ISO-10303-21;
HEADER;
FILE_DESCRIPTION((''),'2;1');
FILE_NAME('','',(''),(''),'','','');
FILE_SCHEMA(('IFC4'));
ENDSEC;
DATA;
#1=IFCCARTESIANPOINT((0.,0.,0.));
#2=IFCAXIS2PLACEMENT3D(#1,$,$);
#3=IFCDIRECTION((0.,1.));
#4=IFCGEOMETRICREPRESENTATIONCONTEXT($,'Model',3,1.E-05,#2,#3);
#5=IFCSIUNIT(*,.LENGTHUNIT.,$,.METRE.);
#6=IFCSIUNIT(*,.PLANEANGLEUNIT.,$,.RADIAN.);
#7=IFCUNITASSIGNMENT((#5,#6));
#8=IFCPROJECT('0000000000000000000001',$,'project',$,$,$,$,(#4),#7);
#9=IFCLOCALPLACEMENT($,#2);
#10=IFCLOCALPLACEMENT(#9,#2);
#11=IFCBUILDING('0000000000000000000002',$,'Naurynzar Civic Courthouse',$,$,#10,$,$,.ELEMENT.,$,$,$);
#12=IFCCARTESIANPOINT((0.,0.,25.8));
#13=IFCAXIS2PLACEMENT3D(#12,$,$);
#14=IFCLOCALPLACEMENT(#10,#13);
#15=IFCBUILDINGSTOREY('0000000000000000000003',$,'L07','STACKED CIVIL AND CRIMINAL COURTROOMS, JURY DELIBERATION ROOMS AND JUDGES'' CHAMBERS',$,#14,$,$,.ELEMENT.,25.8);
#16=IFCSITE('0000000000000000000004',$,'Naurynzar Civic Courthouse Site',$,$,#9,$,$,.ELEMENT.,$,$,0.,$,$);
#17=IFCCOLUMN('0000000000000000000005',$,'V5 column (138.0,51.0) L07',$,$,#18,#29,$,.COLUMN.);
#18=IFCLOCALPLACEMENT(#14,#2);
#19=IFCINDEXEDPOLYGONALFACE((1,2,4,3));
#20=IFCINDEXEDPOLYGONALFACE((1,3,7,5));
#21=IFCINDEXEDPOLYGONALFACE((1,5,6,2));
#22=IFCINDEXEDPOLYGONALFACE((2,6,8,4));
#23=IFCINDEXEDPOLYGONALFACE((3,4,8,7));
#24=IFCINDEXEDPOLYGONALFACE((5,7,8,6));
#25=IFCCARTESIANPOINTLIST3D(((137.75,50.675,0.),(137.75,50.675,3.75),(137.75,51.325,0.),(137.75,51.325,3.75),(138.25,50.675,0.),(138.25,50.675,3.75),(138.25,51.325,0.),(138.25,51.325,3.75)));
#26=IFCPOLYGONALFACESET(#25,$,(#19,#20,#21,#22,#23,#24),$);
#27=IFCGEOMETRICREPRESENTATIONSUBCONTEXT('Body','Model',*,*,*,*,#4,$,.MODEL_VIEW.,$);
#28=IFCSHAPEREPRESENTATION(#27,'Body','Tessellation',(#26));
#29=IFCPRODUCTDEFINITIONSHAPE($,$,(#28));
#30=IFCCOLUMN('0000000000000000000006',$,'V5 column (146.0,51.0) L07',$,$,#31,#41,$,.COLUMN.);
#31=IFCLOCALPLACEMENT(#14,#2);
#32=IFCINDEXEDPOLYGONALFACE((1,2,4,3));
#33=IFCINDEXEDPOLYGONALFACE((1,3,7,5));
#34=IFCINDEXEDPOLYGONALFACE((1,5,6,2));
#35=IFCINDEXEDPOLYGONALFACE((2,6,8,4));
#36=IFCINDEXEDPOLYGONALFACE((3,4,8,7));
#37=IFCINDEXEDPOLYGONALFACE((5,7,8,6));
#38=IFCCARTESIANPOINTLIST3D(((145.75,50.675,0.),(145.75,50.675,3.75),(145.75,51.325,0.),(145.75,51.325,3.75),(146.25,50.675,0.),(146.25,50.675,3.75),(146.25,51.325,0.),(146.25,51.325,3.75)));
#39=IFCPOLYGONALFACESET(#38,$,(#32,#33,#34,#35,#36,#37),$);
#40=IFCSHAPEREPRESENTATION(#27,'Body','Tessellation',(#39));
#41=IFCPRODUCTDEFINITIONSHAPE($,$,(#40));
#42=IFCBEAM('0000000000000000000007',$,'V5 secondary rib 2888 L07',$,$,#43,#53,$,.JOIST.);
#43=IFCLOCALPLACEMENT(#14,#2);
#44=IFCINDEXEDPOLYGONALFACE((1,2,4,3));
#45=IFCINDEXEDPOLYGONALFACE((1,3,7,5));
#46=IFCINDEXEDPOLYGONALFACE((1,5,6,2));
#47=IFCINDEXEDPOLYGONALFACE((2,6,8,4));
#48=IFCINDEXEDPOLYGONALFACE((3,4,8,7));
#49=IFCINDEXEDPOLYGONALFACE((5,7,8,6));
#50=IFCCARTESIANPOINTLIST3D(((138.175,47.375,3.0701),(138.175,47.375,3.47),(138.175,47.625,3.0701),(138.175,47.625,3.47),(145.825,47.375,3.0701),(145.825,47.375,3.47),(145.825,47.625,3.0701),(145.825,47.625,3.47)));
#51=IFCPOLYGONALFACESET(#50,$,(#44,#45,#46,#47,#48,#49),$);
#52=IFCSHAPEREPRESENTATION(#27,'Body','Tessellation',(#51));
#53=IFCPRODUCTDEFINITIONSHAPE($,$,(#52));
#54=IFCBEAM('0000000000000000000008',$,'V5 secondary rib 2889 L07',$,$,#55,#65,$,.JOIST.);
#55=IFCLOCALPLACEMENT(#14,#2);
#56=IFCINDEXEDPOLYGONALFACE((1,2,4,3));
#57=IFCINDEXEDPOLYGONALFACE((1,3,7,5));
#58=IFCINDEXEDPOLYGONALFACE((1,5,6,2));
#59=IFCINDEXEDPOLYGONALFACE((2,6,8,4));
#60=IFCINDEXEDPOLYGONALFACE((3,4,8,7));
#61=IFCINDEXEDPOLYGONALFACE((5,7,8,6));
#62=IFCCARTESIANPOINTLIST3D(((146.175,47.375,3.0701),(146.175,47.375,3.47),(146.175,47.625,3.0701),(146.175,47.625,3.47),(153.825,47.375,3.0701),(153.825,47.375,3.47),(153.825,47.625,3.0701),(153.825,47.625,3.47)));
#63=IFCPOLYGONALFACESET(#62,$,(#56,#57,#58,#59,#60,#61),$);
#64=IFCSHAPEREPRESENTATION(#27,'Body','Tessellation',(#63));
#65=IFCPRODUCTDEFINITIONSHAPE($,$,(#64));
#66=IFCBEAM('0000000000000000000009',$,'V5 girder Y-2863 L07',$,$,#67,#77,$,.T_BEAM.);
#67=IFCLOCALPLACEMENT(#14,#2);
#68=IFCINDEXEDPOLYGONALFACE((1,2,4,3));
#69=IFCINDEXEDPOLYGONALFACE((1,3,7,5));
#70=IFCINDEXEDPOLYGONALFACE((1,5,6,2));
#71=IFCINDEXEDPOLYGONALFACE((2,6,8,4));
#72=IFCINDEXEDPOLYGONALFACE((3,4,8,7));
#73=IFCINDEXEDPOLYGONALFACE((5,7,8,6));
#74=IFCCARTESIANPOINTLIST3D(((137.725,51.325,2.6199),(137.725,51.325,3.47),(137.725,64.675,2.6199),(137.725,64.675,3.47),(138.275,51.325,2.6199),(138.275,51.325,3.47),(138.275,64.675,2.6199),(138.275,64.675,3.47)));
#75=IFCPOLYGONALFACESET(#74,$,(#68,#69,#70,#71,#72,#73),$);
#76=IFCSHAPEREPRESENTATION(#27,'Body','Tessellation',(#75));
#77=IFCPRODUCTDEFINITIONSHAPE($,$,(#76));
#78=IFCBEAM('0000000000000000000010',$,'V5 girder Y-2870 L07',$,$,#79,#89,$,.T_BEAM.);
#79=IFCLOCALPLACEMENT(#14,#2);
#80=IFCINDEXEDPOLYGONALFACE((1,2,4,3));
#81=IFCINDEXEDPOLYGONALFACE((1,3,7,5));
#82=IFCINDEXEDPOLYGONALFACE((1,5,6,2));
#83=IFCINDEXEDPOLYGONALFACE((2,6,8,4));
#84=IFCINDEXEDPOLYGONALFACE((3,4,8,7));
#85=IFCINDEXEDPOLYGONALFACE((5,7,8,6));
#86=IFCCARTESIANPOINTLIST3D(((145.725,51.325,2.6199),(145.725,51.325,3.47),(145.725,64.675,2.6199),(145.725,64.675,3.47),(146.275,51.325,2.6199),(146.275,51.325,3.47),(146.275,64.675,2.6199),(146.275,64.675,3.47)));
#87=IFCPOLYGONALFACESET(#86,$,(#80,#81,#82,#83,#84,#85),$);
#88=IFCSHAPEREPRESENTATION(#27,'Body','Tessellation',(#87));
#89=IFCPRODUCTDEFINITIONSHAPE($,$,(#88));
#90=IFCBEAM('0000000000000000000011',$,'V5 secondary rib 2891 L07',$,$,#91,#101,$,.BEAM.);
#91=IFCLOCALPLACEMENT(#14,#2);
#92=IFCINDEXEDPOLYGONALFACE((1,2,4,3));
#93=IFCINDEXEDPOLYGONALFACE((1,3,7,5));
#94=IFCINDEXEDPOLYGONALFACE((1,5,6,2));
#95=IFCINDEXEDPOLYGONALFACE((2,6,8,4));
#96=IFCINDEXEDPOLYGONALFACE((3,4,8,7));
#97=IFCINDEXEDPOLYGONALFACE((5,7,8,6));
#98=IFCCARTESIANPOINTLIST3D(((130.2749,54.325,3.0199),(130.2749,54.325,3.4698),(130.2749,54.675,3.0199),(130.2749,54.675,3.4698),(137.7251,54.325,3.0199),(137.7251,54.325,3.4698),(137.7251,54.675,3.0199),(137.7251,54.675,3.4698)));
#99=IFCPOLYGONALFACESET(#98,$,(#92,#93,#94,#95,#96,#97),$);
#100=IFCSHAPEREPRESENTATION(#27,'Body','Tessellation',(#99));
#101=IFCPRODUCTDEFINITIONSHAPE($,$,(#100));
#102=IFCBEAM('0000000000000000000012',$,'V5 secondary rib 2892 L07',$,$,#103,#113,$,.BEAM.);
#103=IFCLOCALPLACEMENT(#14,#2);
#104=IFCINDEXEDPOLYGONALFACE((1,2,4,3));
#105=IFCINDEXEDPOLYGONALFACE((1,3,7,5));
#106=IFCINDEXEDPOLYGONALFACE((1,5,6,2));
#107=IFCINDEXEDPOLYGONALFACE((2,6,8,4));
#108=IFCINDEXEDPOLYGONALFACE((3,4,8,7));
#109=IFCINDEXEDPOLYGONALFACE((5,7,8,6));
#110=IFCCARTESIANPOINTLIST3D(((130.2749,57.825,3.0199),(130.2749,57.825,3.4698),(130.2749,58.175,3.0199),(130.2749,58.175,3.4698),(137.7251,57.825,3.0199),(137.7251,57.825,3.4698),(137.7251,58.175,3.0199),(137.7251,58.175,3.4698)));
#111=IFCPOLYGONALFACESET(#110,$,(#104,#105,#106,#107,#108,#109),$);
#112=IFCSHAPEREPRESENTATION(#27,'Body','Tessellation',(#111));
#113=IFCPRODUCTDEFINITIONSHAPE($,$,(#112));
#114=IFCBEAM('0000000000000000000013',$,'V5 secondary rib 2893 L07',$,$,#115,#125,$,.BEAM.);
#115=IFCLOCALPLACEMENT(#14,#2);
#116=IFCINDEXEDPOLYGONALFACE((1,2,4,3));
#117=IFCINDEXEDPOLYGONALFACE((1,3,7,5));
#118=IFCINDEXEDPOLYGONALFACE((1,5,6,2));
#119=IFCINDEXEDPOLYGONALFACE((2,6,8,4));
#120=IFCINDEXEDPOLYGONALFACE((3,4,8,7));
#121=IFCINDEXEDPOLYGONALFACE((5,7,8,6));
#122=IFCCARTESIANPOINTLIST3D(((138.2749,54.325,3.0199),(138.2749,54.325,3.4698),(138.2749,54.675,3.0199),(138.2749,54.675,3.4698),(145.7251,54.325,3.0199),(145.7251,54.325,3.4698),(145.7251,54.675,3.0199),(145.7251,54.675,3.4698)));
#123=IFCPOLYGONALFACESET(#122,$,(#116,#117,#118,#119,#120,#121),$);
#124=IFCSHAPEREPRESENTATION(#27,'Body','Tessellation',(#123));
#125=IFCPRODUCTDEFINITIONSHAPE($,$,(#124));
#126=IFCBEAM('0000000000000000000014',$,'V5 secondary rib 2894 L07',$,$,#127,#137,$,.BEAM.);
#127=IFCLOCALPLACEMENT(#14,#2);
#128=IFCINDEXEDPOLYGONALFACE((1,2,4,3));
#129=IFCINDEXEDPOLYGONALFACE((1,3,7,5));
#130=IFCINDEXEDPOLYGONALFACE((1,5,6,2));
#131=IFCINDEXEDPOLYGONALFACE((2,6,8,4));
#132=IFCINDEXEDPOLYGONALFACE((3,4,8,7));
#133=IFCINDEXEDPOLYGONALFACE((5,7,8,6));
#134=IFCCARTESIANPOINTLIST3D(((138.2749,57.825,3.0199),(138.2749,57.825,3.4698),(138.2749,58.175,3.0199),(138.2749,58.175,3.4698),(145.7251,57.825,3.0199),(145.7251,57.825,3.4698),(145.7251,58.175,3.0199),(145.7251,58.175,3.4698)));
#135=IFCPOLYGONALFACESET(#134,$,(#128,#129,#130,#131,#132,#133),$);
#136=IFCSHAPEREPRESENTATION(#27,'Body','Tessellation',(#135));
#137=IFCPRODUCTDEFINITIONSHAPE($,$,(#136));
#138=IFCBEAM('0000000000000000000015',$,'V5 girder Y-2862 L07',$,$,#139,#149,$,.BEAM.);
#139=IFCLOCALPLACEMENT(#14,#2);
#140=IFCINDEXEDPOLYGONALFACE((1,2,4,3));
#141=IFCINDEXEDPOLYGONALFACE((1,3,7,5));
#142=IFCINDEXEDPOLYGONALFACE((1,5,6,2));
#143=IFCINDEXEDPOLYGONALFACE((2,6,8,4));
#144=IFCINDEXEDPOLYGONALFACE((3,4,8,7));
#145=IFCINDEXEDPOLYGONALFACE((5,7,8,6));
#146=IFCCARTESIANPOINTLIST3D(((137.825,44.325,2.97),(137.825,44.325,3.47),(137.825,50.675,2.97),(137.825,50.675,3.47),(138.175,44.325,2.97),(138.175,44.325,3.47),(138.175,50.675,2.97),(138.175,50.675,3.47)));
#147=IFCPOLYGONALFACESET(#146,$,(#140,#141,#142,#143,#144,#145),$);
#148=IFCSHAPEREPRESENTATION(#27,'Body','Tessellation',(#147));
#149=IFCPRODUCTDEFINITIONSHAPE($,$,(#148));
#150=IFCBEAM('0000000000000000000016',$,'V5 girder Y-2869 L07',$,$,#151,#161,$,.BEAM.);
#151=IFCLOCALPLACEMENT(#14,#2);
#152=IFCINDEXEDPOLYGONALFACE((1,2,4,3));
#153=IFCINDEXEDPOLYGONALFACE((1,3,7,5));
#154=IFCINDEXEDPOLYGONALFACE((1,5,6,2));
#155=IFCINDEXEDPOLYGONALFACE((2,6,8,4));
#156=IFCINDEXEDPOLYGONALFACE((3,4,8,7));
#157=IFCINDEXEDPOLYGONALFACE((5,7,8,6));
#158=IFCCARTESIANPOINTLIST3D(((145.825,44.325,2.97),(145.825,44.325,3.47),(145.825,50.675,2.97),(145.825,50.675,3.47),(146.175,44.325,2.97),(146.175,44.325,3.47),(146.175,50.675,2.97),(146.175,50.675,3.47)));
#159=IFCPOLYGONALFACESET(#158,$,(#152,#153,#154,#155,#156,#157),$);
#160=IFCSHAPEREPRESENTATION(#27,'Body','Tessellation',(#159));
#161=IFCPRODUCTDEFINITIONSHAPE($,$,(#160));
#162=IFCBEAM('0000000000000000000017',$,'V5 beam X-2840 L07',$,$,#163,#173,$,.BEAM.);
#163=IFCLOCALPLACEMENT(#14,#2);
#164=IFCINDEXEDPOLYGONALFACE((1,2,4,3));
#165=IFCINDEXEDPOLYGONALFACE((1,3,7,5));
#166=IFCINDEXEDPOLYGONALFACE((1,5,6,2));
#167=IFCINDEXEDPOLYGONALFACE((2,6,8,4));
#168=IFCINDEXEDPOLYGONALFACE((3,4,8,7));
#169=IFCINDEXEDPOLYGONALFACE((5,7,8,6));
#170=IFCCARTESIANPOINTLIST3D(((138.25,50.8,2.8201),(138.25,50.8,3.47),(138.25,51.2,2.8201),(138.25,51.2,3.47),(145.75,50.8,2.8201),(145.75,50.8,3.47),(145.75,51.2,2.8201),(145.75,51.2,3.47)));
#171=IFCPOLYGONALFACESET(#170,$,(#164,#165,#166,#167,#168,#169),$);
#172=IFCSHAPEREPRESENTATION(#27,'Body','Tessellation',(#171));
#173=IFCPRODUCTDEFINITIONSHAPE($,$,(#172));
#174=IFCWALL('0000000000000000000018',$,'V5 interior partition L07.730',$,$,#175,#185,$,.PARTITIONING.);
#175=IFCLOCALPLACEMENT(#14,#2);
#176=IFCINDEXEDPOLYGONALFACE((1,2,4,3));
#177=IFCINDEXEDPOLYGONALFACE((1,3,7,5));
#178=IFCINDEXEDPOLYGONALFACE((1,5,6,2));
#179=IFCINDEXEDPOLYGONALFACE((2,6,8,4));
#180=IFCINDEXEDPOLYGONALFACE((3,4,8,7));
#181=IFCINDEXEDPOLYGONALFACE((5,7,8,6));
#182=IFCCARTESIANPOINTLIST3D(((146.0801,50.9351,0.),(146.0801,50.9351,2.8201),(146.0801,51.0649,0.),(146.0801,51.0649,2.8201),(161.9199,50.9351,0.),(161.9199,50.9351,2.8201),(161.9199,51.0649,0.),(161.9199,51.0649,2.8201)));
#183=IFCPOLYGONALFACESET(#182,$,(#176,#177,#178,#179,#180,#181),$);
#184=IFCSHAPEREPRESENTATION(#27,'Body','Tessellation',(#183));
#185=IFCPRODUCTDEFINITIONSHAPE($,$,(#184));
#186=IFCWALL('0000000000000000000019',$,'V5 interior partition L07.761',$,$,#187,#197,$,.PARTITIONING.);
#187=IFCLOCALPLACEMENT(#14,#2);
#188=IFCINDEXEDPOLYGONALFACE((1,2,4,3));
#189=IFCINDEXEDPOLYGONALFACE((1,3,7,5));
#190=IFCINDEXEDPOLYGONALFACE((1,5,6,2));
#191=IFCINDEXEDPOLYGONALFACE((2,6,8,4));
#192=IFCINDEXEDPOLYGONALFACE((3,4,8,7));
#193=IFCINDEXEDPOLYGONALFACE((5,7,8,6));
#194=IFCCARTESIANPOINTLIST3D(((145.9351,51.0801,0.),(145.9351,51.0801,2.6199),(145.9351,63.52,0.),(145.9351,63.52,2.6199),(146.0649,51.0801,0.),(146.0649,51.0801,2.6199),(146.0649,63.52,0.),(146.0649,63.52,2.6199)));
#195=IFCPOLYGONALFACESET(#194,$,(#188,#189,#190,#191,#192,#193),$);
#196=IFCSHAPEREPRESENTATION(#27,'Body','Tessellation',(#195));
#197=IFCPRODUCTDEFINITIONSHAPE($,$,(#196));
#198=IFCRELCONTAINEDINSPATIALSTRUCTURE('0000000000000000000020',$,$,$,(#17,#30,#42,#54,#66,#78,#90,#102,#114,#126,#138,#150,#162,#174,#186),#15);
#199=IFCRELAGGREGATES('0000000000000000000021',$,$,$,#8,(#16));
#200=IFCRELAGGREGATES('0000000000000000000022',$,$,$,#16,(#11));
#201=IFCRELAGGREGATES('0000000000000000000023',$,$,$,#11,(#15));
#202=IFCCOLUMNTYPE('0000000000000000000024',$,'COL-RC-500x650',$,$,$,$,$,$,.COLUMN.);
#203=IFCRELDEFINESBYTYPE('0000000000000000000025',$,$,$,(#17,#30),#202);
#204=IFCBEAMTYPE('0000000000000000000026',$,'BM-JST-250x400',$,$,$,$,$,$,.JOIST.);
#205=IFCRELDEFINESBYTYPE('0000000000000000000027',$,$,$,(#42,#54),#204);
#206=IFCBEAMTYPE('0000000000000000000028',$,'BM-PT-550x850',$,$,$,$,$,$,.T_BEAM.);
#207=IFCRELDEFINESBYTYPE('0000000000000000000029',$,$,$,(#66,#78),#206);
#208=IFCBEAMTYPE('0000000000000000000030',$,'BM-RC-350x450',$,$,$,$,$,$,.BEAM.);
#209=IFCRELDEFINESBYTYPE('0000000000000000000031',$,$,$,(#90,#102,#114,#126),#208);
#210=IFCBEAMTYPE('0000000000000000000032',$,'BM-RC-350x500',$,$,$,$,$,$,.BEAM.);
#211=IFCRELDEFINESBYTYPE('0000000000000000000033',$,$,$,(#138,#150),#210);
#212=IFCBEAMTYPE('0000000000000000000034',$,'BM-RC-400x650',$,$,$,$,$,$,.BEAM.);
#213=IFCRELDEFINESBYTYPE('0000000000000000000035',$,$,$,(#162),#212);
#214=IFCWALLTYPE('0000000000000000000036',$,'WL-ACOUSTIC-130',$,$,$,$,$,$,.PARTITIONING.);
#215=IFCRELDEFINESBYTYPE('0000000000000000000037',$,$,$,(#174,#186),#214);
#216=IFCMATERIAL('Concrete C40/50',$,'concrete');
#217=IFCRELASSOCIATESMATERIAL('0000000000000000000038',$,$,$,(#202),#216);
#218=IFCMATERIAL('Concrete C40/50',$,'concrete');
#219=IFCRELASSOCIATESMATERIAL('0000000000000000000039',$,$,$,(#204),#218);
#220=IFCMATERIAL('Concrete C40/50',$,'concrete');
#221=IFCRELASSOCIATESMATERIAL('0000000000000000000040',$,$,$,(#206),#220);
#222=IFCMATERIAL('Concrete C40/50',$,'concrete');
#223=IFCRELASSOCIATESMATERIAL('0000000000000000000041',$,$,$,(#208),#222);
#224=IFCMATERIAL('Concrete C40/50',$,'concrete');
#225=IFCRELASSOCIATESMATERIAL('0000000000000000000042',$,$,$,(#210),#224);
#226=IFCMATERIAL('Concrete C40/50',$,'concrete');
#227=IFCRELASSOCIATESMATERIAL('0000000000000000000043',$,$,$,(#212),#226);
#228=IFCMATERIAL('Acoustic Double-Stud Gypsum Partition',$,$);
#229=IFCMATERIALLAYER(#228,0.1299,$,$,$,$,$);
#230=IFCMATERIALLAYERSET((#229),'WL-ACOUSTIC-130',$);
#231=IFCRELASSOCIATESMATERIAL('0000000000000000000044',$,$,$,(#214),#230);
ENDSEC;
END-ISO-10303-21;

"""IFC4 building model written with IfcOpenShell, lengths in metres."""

from ifc_helpers import new_model, si_unit, direction, frame, frame_2d, origin, origin_2d, place, context, subcontext, project, spatial, rectangle, extrude, material, layer, layer_set, material_profile, profile_set, type_object, element, save


model = new_model("IFC4")

# Units and contexts
model_context = context("Model", 3, precision=1e-05, world=origin(), true_north=direction((0.0, 1.0)))
body_context = subcontext(model_context, "Body", "Model", "MODEL_VIEW")
ifc_project = project(units=[si_unit("LENGTHUNIT", "METRE"), si_unit("PLANEANGLEUNIT", "RADIAN")], contexts=[model_context])

# Site, building, storey
site_placement = place(None, origin())
site = spatial("IfcSite", under=ifc_project, at=site_placement, Name="Naurynzar Civic Courthouse Site", CompositionType="ELEMENT", RefElevation=0.0)
building_placement = place(site_placement, origin())
building = spatial("IfcBuilding", under=site, at=building_placement, Name="Naurynzar Civic Courthouse", CompositionType="ELEMENT")
storey_placement = place(building_placement, frame((0.0, 0.0, 25.8)))
storey = spatial("IfcBuildingStorey", under=building, at=storey_placement, Name="L07", Description="STACKED CIVIL AND CRIMINAL COURTROOMS, JURY DELIBERATION ROOMS AND JUDGES' CHAMBERS", CompositionType="ELEMENT", Elevation=25.8)

# Columns
ifc_material_1 = material(Name="Concrete C40/50", Category="concrete")
ifc_material_profile_1 = material_profile(ifc_material_1, rectangle(XDim=0.5, YDim=0.6499, at=origin_2d()), Name="RC 500x650")
ifc_profile_set_1 = profile_set([ifc_material_profile_1], Name="Concrete C40/50")
column_type = type_object("IfcColumnType", Name="COL-RC-500x650", PredefinedType="COLUMN", material=ifc_profile_set_1)
for number, where, z_axis, x_axis, name in (
    (1, (138.0, 51.0, 0.0), (0.0, 0.0, 1.0), (1.0, 0.0, 0.0), "V5 column (138.0,51.0) L07"),
    (2, (146.0, 51.0, 0.0), (0.0, 0.0, 1.0), (1.0, 0.0, 0.0), "V5 column (146.0,51.0) L07"),
):
    element("IfcColumn", number, at=place(storey_placement, frame(where, z_axis=z_axis, x_axis=x_axis)), inside=storey, type_object=column_type, Name=name, PredefinedType="COLUMN", context=body_context, shape_type="SweptSolid", body=[
        extrude(rectangle(XDim=0.5, YDim=0.6499, at=origin_2d()), origin(), (0.0, 0.0, 1.0), 3.75),
    ])

# Beams
ifc_material_2 = material(Name="Concrete C40/50", Category="concrete")
ifc_material_profile_2 = material_profile(ifc_material_2, rectangle(XDim=0.25, YDim=0.3999, at=origin_2d()), Name="RCB 250x400")
ifc_profile_set_2 = profile_set([ifc_material_profile_2], Name="Concrete C40/50")
beam_type_1 = type_object("IfcBeamType", Name="BM-JST-250x400", PredefinedType="JOIST", material=ifc_profile_set_2)
for number, where, z_axis, x_axis, name in (
    (3, (138.175, 47.5, 3.27), (1.0, 0.0, 0.0), (0.0, 1.0, 0.0), "V5 secondary rib 2888 L07"),
    (4, (146.175, 47.5, 3.27), (1.0, 0.0, 0.0), (0.0, 1.0, 0.0), "V5 secondary rib 2889 L07"),
):
    element("IfcBeam", number, at=place(storey_placement, frame(where, z_axis=z_axis, x_axis=x_axis)), inside=storey, type_object=beam_type_1, Name=name, PredefinedType="JOIST", context=body_context, shape_type="SweptSolid", body=[
        extrude(rectangle(XDim=0.25, YDim=0.3999, at=origin_2d()), origin(), (0.0, 0.0, 1.0), 7.6499),
    ])
ifc_material_3 = material(Name="Concrete C40/50", Category="concrete")
ifc_material_profile_3 = material_profile(ifc_material_3, rectangle(XDim=0.55, YDim=0.8501, at=origin_2d()), Name="PTB 550x850")
ifc_profile_set_3 = profile_set([ifc_material_profile_3], Name="Concrete C40/50")
beam_type_2 = type_object("IfcBeamType", Name="BM-PT-550x850", PredefinedType="T_BEAM", material=ifc_profile_set_3)
for number, where, z_axis, x_axis, name in (
    (5, (138.0, 51.325, 3.0449), (0.0, 1.0, 0.0), (-1.0, 0.0, 0.0), "V5 girder Y-2863 L07"),
    (6, (146.0, 51.325, 3.0449), (0.0, 1.0, 0.0), (-1.0, 0.0, 0.0), "V5 girder Y-2870 L07"),
):
    element("IfcBeam", number, at=place(storey_placement, frame(where, z_axis=z_axis, x_axis=x_axis)), inside=storey, type_object=beam_type_2, Name=name, PredefinedType="T_BEAM", context=body_context, shape_type="SweptSolid", body=[
        extrude(rectangle(XDim=0.55, YDim=0.8501, at=origin_2d()), origin(), (0.0, 0.0, 1.0), 13.3501),
    ])
ifc_material_4 = material(Name="Concrete C40/50", Category="concrete")
ifc_material_profile_4 = material_profile(ifc_material_4, rectangle(XDim=0.3501, YDim=0.45, at=origin_2d()), Name="RCB 350x450")
ifc_profile_set_4 = profile_set([ifc_material_profile_4], Name="Concrete C40/50")
beam_type_3 = type_object("IfcBeamType", Name="BM-RC-350x450", PredefinedType="BEAM", material=ifc_profile_set_4)
for number, where, z_axis, x_axis, name in (
    (7, (130.2749, 54.5, 3.2449), (1.0, 0.0, 0.0), (0.0, 1.0, 0.0), "V5 secondary rib 2891 L07"),
    (8, (130.2749, 58.0, 3.2449), (1.0, 0.0, 0.0), (0.0, 1.0, 0.0), "V5 secondary rib 2892 L07"),
    (9, (138.2749, 54.5, 3.2449), (1.0, 0.0, 0.0), (0.0, 1.0, 0.0), "V5 secondary rib 2893 L07"),
    (10, (138.2749, 58.0, 3.2449), (1.0, 0.0, 0.0), (0.0, 1.0, 0.0), "V5 secondary rib 2894 L07"),
):
    element("IfcBeam", number, at=place(storey_placement, frame(where, z_axis=z_axis, x_axis=x_axis)), inside=storey, type_object=beam_type_3, Name=name, PredefinedType="BEAM", context=body_context, shape_type="SweptSolid", body=[
        extrude(rectangle(XDim=0.3501, YDim=0.45, at=origin_2d()), origin(), (0.0, 0.0, 1.0), 7.4502),
    ])
ifc_material_5 = material(Name="Concrete C40/50", Category="concrete")
ifc_material_profile_5 = material_profile(ifc_material_5, rectangle(XDim=0.3501, YDim=0.5, at=origin_2d()), Name="RCB 350x500")
ifc_profile_set_5 = profile_set([ifc_material_profile_5], Name="Concrete C40/50")
beam_type_4 = type_object("IfcBeamType", Name="BM-RC-350x500", PredefinedType="BEAM", material=ifc_profile_set_5)
for number, where, z_axis, x_axis, name in (
    (11, (138.0, 44.325, 3.22), (0.0, 1.0, 0.0), (-1.0, 0.0, 0.0), "V5 girder Y-2862 L07"),
    (12, (146.0, 44.325, 3.22), (0.0, 1.0, 0.0), (-1.0, 0.0, 0.0), "V5 girder Y-2869 L07"),
):
    element("IfcBeam", number, at=place(storey_placement, frame(where, z_axis=z_axis, x_axis=x_axis)), inside=storey, type_object=beam_type_4, Name=name, PredefinedType="BEAM", context=body_context, shape_type="SweptSolid", body=[
        extrude(rectangle(XDim=0.3501, YDim=0.5, at=origin_2d()), origin(), (0.0, 0.0, 1.0), 6.3501),
    ])
ifc_material_6 = material(Name="Concrete C40/50", Category="concrete")
ifc_material_profile_6 = material_profile(ifc_material_6, rectangle(XDim=0.3999, YDim=0.6499, at=origin_2d()), Name="RCB 400x650")
ifc_profile_set_6 = profile_set([ifc_material_profile_6], Name="Concrete C40/50")
beam_type_5 = type_object("IfcBeamType", Name="BM-RC-400x650", PredefinedType="BEAM", material=ifc_profile_set_6)
beam_placement = place(storey_placement, frame((138.25, 51.0, 3.145), z_axis=(1.0, 0.0, 0.0), x_axis=(0.0, 1.0, 0.0)))
element("IfcBeam", 13, at=beam_placement, inside=storey, type_object=beam_type_5, Name="V5 beam X-2840 L07", PredefinedType="BEAM", context=body_context, shape_type="SweptSolid", body=[
    extrude(rectangle(XDim=0.3999, YDim=0.6499, at=origin_2d()), origin(), (0.0, 0.0, 1.0), 7.5),
])

# Walls
ifc_material_7 = material(Name="Acoustic Double-Stud Gypsum Partition")
ifc_layer_1 = layer(ifc_material_7, 0.1299)
ifc_layer_set_1 = layer_set([ifc_layer_1], Name="WL-ACOUSTIC-130")
wall_type_1 = type_object("IfcWallType", Name="WL-ACOUSTIC-130", PredefinedType="PARTITIONING", material=ifc_layer_set_1)
wall_1_placement = place(storey_placement, frame((146.0801, 51.0, 0.0), z_axis=(0.0, 0.0, 1.0), x_axis=(1.0, 0.0, 0.0)))
element("IfcWall", 14, at=wall_1_placement, inside=storey, type_object=wall_type_1, Name="V5 interior partition L07.730", PredefinedType="PARTITIONING", context=body_context, shape_type="SweptSolid", body=[
    extrude(rectangle(XDim=15.8398, YDim=0.1299, at=frame_2d((7.9199, 0.0))), origin(), (0.0, 0.0, 1.0), 2.8201),
])
wall_2_placement = place(storey_placement, frame((146.0, 51.0801, 0.0), z_axis=(0.0, 0.0, 1.0), x_axis=(0.0, 1.0, 0.0)))
element("IfcWall", 15, at=wall_2_placement, inside=storey, type_object=wall_type_1, Name="V5 interior partition L07.761", PredefinedType="PARTITIONING", context=body_context, shape_type="SweptSolid", body=[
    extrude(rectangle(XDim=12.4399, YDim=0.1299, at=frame_2d((6.22, 0.0))), origin(), (0.0, 0.0, 1.0), 2.6199),
])

save(model, "model.ifc")
